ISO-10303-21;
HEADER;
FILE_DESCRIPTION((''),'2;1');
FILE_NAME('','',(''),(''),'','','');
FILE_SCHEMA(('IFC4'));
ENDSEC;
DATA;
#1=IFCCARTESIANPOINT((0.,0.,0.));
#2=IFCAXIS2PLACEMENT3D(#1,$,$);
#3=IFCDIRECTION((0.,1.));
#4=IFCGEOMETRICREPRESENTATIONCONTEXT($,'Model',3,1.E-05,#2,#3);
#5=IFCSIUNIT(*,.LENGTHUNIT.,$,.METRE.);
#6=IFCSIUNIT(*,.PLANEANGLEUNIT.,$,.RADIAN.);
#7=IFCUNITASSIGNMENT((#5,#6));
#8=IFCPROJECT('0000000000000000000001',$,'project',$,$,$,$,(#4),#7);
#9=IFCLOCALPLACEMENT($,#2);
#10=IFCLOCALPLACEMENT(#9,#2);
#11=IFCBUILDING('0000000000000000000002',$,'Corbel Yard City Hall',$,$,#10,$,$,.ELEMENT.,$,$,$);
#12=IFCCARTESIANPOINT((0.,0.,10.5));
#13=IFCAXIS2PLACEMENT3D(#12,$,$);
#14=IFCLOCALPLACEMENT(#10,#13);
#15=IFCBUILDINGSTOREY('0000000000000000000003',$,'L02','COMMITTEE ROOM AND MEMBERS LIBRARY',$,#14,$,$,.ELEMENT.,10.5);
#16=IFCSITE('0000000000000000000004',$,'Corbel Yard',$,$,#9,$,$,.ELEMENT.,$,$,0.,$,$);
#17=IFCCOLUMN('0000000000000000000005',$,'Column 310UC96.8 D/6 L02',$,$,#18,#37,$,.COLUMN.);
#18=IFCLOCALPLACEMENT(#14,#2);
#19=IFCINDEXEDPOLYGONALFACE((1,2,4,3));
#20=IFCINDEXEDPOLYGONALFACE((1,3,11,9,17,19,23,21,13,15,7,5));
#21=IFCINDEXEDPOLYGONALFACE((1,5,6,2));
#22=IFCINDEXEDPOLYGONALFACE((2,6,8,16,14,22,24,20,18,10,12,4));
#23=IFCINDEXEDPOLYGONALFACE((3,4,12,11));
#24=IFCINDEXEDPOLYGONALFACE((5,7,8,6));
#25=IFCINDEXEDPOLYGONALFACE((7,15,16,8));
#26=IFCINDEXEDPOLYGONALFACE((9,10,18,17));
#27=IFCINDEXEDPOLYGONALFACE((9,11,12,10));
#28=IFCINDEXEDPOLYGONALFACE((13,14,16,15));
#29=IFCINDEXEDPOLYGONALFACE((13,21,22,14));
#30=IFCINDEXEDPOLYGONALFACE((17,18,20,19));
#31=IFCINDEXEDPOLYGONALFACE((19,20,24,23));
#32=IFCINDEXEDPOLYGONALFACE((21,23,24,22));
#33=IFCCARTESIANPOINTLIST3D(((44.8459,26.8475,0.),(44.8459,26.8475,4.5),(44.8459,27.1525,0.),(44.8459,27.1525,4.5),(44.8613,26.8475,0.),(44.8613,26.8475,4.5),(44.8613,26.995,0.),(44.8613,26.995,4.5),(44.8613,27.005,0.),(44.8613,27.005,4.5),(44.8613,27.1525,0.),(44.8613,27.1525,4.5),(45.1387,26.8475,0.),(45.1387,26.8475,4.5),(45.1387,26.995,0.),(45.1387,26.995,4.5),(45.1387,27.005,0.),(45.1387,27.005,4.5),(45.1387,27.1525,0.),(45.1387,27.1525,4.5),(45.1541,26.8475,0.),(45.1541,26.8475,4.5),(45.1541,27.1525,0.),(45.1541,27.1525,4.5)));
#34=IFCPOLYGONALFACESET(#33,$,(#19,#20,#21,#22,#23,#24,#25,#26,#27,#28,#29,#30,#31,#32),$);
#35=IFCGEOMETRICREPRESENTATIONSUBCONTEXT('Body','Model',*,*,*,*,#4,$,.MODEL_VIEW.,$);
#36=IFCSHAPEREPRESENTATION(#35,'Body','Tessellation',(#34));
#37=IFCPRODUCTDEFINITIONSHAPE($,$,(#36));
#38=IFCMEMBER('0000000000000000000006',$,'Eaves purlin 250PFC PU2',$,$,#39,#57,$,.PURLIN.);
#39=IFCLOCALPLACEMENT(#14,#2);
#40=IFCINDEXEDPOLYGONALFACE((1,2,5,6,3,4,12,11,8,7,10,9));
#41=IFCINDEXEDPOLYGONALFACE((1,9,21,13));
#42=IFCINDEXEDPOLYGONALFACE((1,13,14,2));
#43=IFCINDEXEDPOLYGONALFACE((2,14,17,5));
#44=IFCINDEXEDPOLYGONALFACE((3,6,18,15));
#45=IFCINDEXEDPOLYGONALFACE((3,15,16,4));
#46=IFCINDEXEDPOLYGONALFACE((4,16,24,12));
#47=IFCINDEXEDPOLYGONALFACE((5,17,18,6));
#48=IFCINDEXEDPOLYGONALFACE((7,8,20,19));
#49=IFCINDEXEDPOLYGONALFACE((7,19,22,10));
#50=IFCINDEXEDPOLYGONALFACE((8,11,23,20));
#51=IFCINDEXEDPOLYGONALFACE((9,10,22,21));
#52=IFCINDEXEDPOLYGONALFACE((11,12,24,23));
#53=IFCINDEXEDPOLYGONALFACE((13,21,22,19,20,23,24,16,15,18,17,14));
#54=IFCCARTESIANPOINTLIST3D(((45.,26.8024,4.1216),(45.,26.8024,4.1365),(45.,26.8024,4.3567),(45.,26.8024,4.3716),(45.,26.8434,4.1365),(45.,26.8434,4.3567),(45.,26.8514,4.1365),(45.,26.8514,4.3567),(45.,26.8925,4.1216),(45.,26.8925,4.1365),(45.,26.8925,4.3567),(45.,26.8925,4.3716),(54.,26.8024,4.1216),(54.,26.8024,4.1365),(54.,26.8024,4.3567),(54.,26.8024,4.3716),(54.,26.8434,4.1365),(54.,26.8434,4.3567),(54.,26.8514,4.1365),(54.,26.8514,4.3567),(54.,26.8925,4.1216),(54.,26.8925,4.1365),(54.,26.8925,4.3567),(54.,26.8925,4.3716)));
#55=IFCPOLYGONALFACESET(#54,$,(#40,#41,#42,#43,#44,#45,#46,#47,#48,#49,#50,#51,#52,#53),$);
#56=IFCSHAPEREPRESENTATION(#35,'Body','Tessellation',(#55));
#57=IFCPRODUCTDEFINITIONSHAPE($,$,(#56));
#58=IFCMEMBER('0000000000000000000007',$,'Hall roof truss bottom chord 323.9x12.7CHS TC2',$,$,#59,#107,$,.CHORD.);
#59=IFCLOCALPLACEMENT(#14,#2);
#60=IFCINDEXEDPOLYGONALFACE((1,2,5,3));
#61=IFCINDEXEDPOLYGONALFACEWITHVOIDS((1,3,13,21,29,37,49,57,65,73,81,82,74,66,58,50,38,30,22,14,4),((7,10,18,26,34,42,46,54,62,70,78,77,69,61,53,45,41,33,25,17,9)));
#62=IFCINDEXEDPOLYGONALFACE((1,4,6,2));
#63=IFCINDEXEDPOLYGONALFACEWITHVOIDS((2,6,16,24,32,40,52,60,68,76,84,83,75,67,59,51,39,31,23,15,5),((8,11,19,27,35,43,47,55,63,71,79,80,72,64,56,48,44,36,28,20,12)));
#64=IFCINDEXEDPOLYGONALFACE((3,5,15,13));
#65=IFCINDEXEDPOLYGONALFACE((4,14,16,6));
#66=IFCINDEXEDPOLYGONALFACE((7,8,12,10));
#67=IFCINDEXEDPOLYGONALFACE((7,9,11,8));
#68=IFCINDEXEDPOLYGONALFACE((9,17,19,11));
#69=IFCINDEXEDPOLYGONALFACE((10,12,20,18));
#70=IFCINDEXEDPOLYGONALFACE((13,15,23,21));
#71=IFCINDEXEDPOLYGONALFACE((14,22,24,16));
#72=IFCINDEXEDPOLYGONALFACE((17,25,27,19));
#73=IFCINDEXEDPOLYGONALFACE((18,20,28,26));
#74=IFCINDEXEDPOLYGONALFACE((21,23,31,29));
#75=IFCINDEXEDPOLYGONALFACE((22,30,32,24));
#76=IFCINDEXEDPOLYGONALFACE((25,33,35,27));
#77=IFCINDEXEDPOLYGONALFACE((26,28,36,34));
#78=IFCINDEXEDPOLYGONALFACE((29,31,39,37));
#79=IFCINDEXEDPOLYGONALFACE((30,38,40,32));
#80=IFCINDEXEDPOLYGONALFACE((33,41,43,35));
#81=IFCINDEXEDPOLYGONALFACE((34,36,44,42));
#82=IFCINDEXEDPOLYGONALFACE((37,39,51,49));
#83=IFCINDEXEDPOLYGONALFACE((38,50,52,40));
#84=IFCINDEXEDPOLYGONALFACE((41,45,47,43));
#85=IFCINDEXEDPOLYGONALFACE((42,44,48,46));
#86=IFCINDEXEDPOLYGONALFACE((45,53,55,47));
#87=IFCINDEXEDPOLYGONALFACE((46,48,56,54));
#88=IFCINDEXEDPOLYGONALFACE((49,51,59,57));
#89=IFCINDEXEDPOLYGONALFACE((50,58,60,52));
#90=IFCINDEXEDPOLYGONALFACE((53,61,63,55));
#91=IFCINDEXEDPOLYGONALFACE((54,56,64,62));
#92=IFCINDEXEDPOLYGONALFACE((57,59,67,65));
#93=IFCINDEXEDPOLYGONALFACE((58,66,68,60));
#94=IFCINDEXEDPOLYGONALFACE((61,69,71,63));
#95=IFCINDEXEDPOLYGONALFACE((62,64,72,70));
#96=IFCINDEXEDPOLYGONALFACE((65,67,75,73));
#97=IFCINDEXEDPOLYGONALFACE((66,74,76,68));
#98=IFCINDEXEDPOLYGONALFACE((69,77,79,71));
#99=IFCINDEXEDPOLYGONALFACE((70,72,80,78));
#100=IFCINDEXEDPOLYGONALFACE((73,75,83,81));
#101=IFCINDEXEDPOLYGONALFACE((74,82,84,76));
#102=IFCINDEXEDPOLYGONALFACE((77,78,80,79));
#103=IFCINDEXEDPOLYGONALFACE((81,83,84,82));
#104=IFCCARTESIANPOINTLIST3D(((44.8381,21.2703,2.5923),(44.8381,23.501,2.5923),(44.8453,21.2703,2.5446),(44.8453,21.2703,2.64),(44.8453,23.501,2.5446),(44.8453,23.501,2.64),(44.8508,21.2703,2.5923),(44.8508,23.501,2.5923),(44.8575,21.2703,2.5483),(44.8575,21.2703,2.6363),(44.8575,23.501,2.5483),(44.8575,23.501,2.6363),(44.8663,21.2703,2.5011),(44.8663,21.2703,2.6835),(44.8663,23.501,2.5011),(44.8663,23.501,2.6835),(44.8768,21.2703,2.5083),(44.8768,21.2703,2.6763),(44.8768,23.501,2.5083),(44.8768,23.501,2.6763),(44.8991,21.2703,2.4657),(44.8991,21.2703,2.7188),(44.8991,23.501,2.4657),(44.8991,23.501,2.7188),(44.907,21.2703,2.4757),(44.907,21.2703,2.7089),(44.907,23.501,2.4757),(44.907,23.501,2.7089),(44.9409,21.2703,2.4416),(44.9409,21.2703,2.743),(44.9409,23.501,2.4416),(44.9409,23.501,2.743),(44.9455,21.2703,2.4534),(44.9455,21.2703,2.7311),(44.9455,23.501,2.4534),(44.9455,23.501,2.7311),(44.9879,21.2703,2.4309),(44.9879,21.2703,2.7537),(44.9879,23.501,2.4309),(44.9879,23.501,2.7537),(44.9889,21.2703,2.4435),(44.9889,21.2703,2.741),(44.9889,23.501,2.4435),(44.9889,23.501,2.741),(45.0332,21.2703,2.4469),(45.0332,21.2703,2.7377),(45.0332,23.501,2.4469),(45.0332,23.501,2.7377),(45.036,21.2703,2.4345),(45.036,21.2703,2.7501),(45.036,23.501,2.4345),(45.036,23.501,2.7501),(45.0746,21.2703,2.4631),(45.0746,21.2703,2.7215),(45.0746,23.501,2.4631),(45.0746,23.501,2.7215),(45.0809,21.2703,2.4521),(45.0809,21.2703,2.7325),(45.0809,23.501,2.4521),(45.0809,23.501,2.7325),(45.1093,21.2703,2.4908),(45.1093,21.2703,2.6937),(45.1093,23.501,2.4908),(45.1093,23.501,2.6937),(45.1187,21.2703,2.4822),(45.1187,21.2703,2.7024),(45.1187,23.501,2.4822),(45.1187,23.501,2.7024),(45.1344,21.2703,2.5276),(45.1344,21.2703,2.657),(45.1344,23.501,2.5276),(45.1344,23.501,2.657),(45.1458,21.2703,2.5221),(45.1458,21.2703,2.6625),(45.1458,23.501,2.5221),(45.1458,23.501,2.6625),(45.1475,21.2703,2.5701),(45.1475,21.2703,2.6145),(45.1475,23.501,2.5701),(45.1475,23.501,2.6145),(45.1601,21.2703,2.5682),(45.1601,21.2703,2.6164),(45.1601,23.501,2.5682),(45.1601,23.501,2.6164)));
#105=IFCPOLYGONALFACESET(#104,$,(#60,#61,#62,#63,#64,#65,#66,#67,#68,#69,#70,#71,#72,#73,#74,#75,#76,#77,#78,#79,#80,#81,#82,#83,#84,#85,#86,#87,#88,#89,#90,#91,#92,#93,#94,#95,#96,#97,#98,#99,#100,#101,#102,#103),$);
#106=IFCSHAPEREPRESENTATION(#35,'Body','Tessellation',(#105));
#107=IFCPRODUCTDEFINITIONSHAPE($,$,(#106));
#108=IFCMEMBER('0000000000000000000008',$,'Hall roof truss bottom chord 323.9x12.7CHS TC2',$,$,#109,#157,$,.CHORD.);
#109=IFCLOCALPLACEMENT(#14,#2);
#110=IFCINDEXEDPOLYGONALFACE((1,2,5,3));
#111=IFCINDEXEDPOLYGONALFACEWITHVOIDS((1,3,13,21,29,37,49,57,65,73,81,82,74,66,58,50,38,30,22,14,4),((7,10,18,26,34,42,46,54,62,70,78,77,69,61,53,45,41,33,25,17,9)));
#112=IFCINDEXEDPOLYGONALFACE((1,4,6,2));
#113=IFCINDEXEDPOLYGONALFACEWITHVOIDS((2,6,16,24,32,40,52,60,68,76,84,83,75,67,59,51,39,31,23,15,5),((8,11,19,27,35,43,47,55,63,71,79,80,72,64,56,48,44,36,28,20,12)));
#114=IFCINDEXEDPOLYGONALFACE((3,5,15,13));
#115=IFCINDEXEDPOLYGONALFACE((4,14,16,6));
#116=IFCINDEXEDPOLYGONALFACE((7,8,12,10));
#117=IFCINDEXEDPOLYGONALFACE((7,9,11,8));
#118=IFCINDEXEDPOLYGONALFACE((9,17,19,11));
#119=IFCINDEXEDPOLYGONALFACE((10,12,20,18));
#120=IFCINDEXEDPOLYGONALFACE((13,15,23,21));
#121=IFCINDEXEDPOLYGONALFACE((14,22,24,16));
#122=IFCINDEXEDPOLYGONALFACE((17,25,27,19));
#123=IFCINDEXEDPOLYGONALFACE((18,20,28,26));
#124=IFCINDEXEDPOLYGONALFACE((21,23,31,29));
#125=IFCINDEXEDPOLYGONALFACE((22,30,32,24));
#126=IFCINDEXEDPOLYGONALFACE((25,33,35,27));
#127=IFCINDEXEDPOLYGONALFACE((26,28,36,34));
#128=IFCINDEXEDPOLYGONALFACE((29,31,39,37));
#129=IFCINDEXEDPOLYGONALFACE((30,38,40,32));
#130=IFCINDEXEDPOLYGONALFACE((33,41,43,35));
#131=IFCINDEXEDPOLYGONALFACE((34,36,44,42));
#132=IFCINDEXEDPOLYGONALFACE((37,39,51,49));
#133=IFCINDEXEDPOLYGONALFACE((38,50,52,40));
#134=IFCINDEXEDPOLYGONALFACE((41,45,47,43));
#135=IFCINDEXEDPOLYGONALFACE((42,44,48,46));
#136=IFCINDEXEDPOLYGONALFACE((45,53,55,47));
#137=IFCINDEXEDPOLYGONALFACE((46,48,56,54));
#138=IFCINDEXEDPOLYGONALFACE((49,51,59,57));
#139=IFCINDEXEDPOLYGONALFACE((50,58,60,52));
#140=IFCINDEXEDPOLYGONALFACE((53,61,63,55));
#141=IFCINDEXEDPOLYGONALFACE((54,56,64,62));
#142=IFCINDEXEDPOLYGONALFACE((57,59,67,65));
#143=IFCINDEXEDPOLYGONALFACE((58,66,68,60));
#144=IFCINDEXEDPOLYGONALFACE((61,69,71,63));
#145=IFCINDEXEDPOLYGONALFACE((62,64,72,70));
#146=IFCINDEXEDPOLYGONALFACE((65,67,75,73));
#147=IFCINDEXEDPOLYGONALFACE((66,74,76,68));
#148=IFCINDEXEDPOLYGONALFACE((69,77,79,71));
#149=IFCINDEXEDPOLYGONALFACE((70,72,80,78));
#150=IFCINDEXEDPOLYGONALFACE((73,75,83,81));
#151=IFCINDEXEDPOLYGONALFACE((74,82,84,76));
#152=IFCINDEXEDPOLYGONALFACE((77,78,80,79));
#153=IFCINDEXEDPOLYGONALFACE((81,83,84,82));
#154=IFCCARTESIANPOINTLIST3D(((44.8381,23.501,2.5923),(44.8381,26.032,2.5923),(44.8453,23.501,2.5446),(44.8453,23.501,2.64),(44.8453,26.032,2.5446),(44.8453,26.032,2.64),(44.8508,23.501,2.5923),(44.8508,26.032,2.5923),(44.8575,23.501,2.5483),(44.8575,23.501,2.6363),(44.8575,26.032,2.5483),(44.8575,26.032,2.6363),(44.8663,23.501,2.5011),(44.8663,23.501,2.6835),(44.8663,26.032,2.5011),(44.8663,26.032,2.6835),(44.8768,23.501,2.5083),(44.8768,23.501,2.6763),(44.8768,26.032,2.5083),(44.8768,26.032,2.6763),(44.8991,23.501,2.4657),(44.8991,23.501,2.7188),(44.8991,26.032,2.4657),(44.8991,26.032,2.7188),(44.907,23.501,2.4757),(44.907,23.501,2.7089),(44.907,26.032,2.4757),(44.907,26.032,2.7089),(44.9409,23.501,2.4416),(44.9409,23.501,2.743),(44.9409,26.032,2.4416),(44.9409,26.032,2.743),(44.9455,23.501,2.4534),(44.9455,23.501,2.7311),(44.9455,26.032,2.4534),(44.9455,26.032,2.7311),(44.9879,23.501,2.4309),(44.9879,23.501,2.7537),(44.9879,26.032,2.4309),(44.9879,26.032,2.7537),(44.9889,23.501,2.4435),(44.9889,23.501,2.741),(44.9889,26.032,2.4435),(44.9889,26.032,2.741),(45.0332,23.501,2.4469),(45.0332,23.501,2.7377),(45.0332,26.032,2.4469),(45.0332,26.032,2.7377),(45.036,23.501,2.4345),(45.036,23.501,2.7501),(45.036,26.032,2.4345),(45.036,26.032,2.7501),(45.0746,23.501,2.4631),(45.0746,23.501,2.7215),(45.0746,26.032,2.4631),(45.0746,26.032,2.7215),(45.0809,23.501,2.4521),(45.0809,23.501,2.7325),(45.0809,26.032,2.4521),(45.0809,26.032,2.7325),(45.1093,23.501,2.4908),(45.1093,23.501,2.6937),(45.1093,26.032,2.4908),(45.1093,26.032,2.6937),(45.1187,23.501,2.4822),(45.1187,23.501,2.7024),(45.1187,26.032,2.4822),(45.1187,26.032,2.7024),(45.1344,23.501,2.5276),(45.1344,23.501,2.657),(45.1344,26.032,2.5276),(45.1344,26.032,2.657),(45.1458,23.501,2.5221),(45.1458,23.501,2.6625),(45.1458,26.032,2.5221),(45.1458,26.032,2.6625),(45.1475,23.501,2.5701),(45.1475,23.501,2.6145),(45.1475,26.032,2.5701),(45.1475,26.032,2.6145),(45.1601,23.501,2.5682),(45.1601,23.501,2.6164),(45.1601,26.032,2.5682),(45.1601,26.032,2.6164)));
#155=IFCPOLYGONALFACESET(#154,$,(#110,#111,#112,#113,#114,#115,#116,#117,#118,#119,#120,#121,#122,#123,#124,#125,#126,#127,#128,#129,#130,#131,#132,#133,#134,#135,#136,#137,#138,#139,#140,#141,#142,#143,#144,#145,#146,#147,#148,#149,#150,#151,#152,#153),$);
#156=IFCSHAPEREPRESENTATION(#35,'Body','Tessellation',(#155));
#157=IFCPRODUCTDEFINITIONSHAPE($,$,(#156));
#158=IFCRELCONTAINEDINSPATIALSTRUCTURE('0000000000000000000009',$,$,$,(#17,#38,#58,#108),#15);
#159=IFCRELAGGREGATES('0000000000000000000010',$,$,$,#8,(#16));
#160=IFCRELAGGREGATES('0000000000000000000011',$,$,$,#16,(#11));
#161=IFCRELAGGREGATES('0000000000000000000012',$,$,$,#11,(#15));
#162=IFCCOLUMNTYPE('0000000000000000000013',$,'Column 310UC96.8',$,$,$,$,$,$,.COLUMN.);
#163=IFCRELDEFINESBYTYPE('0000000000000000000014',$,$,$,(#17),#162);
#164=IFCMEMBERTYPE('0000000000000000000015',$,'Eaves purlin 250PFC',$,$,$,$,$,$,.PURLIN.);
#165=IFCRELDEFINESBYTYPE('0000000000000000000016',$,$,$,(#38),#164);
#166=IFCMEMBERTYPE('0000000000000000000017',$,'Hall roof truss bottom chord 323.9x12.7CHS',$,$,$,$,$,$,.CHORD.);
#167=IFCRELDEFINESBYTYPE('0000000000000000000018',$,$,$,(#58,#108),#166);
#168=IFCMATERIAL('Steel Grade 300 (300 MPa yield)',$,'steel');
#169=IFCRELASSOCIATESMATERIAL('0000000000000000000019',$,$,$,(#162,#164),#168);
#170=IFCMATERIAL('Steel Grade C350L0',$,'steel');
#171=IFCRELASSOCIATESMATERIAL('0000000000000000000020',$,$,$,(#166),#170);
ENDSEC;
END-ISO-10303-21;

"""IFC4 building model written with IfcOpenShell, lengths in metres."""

from ifc_helpers import new_model, si_unit, direction, frame, origin, origin_2d, place, context, subcontext, project, spatial, hollow_circle, i_section, extrude, material, material_profile, profile_set, type_object, element, save


model = new_model("IFC4")

# Units and contexts
model_context = context("Model", 3, precision=1e-05, world=origin(), true_north=direction((0.0, 1.0)))
body_context = subcontext(model_context, "Body", "Model", "MODEL_VIEW")
ifc_project = project(units=[si_unit("LENGTHUNIT", "METRE"), si_unit("PLANEANGLEUNIT", "RADIAN")], contexts=[model_context])

# Site, building, storey
site_placement = place(None, origin())
site = spatial("IfcSite", under=ifc_project, at=site_placement, Name="Corbel Yard", CompositionType="ELEMENT", RefElevation=0.0)
building_placement = place(site_placement, origin())
building = spatial("IfcBuilding", under=site, at=building_placement, Name="Corbel Yard City Hall", CompositionType="ELEMENT")
storey_placement = place(building_placement, frame((0.0, 0.0, 10.5)))
storey = spatial("IfcBuildingStorey", under=building, at=storey_placement, Name="L02", Description="COMMITTEE ROOM AND MEMBERS LIBRARY", CompositionType="ELEMENT", Elevation=10.5)

# Column
ifc_material_1 = material(Name="Steel Grade 300 (300 MPa yield)", Category="steel")
ifc_material_profile_1 = material_profile(ifc_material_1, i_section(OverallWidth=0.3049, OverallDepth=0.3081, WebThickness=0.01, FlangeThickness=0.0154, at=origin_2d()), Name="310UC96.8")
ifc_profile_set_1 = profile_set([ifc_material_profile_1], Name="Steel Grade 300 (300 MPa yield)")
column_type = type_object("IfcColumnType", Name="Column 310UC96.8", PredefinedType="COLUMN", material=ifc_profile_set_1)
column_placement = place(storey_placement, frame((45.0, 27.0, 0.0), z_axis=(0.0, 0.0, 1.0), x_axis=(0.0, 1.0, 0.0)))
element("IfcColumn", 1, at=column_placement, inside=storey, type_object=column_type, Name="Column 310UC96.8 D/6 L02", PredefinedType="COLUMN", context=body_context, shape_type="SweptSolid", body=[
    extrude(i_section(OverallWidth=0.3049, OverallDepth=0.3081, WebThickness=0.01, FlangeThickness=0.0154, at=origin_2d()), origin(), (0.0, 0.0, 1.0), 4.5),
])

# Members
ifc_material_profile_2 = material_profile(ifc_material_1, i_section(OverallWidth=0.0901, OverallDepth=0.25, WebThickness=0.0081, FlangeThickness=0.0149, at=origin_2d()), Name="250PFC")
ifc_profile_set_2 = profile_set([ifc_material_profile_2], Name="Steel Grade 300 (300 MPa yield)")
member_type_1 = type_object("IfcMemberType", Name="Eaves purlin 250PFC", PredefinedType="PURLIN", material=ifc_profile_set_2)
member_1_placement = place(storey_placement, frame((45.0, 26.8474, 4.2466), z_axis=(1.0, 0.0, 0.0), x_axis=(0.0, 1.0, 0.0)))
element("IfcMember", 2, at=member_1_placement, inside=storey, type_object=member_type_1, Name="Eaves purlin 250PFC PU2", PredefinedType="PURLIN", context=body_context, shape_type="SweptSolid", body=[
    extrude(i_section(OverallWidth=0.0901, OverallDepth=0.25, WebThickness=0.0081, FlangeThickness=0.0149, at=origin_2d()), origin(), (0.0, 0.0, 1.0), 9.0),
])
ifc_material_2 = material(Name="Steel Grade C350L0", Category="steel")
ifc_material_profile_3 = material_profile(ifc_material_2, hollow_circle(Radius=0.1619, WallThickness=0.0127, at=origin_2d()), Name="323.9x12.7CHS")
ifc_profile_set_3 = profile_set([ifc_material_profile_3], Name="Steel Grade C350L0")
member_type_2 = type_object("IfcMemberType", Name="Hall roof truss bottom chord 323.9x12.7CHS", PredefinedType="CHORD", material=ifc_profile_set_3)
member_2_placement = place(storey_placement, frame((45.0, 21.2703, 2.5923), z_axis=(0.0, 1.0, 0.0), x_axis=(-1.0, 0.0, 0.0)))
element("IfcMember", 3, at=member_2_placement, inside=storey, type_object=member_type_2, Name="Hall roof truss bottom chord 323.9x12.7CHS TC2", PredefinedType="CHORD", context=body_context, shape_type="SweptSolid", body=[
    extrude(hollow_circle(Radius=0.1619, WallThickness=0.0127, at=origin_2d()), origin(), (0.0, 0.0, 1.0), 2.2307),
])
member_3_placement = place(storey_placement, frame((45.0, 23.501, 2.5923), z_axis=(0.0, 1.0, 0.0), x_axis=(-1.0, 0.0, 0.0)))
element("IfcMember", 4, at=member_3_placement, inside=storey, type_object=member_type_2, Name="Hall roof truss bottom chord 323.9x12.7CHS TC2", PredefinedType="CHORD", context=body_context, shape_type="SweptSolid", body=[
    extrude(hollow_circle(Radius=0.1619, WallThickness=0.0127, at=origin_2d()), origin(), (0.0, 0.0, 1.0), 2.531),
])

save(model, "model.ifc")
